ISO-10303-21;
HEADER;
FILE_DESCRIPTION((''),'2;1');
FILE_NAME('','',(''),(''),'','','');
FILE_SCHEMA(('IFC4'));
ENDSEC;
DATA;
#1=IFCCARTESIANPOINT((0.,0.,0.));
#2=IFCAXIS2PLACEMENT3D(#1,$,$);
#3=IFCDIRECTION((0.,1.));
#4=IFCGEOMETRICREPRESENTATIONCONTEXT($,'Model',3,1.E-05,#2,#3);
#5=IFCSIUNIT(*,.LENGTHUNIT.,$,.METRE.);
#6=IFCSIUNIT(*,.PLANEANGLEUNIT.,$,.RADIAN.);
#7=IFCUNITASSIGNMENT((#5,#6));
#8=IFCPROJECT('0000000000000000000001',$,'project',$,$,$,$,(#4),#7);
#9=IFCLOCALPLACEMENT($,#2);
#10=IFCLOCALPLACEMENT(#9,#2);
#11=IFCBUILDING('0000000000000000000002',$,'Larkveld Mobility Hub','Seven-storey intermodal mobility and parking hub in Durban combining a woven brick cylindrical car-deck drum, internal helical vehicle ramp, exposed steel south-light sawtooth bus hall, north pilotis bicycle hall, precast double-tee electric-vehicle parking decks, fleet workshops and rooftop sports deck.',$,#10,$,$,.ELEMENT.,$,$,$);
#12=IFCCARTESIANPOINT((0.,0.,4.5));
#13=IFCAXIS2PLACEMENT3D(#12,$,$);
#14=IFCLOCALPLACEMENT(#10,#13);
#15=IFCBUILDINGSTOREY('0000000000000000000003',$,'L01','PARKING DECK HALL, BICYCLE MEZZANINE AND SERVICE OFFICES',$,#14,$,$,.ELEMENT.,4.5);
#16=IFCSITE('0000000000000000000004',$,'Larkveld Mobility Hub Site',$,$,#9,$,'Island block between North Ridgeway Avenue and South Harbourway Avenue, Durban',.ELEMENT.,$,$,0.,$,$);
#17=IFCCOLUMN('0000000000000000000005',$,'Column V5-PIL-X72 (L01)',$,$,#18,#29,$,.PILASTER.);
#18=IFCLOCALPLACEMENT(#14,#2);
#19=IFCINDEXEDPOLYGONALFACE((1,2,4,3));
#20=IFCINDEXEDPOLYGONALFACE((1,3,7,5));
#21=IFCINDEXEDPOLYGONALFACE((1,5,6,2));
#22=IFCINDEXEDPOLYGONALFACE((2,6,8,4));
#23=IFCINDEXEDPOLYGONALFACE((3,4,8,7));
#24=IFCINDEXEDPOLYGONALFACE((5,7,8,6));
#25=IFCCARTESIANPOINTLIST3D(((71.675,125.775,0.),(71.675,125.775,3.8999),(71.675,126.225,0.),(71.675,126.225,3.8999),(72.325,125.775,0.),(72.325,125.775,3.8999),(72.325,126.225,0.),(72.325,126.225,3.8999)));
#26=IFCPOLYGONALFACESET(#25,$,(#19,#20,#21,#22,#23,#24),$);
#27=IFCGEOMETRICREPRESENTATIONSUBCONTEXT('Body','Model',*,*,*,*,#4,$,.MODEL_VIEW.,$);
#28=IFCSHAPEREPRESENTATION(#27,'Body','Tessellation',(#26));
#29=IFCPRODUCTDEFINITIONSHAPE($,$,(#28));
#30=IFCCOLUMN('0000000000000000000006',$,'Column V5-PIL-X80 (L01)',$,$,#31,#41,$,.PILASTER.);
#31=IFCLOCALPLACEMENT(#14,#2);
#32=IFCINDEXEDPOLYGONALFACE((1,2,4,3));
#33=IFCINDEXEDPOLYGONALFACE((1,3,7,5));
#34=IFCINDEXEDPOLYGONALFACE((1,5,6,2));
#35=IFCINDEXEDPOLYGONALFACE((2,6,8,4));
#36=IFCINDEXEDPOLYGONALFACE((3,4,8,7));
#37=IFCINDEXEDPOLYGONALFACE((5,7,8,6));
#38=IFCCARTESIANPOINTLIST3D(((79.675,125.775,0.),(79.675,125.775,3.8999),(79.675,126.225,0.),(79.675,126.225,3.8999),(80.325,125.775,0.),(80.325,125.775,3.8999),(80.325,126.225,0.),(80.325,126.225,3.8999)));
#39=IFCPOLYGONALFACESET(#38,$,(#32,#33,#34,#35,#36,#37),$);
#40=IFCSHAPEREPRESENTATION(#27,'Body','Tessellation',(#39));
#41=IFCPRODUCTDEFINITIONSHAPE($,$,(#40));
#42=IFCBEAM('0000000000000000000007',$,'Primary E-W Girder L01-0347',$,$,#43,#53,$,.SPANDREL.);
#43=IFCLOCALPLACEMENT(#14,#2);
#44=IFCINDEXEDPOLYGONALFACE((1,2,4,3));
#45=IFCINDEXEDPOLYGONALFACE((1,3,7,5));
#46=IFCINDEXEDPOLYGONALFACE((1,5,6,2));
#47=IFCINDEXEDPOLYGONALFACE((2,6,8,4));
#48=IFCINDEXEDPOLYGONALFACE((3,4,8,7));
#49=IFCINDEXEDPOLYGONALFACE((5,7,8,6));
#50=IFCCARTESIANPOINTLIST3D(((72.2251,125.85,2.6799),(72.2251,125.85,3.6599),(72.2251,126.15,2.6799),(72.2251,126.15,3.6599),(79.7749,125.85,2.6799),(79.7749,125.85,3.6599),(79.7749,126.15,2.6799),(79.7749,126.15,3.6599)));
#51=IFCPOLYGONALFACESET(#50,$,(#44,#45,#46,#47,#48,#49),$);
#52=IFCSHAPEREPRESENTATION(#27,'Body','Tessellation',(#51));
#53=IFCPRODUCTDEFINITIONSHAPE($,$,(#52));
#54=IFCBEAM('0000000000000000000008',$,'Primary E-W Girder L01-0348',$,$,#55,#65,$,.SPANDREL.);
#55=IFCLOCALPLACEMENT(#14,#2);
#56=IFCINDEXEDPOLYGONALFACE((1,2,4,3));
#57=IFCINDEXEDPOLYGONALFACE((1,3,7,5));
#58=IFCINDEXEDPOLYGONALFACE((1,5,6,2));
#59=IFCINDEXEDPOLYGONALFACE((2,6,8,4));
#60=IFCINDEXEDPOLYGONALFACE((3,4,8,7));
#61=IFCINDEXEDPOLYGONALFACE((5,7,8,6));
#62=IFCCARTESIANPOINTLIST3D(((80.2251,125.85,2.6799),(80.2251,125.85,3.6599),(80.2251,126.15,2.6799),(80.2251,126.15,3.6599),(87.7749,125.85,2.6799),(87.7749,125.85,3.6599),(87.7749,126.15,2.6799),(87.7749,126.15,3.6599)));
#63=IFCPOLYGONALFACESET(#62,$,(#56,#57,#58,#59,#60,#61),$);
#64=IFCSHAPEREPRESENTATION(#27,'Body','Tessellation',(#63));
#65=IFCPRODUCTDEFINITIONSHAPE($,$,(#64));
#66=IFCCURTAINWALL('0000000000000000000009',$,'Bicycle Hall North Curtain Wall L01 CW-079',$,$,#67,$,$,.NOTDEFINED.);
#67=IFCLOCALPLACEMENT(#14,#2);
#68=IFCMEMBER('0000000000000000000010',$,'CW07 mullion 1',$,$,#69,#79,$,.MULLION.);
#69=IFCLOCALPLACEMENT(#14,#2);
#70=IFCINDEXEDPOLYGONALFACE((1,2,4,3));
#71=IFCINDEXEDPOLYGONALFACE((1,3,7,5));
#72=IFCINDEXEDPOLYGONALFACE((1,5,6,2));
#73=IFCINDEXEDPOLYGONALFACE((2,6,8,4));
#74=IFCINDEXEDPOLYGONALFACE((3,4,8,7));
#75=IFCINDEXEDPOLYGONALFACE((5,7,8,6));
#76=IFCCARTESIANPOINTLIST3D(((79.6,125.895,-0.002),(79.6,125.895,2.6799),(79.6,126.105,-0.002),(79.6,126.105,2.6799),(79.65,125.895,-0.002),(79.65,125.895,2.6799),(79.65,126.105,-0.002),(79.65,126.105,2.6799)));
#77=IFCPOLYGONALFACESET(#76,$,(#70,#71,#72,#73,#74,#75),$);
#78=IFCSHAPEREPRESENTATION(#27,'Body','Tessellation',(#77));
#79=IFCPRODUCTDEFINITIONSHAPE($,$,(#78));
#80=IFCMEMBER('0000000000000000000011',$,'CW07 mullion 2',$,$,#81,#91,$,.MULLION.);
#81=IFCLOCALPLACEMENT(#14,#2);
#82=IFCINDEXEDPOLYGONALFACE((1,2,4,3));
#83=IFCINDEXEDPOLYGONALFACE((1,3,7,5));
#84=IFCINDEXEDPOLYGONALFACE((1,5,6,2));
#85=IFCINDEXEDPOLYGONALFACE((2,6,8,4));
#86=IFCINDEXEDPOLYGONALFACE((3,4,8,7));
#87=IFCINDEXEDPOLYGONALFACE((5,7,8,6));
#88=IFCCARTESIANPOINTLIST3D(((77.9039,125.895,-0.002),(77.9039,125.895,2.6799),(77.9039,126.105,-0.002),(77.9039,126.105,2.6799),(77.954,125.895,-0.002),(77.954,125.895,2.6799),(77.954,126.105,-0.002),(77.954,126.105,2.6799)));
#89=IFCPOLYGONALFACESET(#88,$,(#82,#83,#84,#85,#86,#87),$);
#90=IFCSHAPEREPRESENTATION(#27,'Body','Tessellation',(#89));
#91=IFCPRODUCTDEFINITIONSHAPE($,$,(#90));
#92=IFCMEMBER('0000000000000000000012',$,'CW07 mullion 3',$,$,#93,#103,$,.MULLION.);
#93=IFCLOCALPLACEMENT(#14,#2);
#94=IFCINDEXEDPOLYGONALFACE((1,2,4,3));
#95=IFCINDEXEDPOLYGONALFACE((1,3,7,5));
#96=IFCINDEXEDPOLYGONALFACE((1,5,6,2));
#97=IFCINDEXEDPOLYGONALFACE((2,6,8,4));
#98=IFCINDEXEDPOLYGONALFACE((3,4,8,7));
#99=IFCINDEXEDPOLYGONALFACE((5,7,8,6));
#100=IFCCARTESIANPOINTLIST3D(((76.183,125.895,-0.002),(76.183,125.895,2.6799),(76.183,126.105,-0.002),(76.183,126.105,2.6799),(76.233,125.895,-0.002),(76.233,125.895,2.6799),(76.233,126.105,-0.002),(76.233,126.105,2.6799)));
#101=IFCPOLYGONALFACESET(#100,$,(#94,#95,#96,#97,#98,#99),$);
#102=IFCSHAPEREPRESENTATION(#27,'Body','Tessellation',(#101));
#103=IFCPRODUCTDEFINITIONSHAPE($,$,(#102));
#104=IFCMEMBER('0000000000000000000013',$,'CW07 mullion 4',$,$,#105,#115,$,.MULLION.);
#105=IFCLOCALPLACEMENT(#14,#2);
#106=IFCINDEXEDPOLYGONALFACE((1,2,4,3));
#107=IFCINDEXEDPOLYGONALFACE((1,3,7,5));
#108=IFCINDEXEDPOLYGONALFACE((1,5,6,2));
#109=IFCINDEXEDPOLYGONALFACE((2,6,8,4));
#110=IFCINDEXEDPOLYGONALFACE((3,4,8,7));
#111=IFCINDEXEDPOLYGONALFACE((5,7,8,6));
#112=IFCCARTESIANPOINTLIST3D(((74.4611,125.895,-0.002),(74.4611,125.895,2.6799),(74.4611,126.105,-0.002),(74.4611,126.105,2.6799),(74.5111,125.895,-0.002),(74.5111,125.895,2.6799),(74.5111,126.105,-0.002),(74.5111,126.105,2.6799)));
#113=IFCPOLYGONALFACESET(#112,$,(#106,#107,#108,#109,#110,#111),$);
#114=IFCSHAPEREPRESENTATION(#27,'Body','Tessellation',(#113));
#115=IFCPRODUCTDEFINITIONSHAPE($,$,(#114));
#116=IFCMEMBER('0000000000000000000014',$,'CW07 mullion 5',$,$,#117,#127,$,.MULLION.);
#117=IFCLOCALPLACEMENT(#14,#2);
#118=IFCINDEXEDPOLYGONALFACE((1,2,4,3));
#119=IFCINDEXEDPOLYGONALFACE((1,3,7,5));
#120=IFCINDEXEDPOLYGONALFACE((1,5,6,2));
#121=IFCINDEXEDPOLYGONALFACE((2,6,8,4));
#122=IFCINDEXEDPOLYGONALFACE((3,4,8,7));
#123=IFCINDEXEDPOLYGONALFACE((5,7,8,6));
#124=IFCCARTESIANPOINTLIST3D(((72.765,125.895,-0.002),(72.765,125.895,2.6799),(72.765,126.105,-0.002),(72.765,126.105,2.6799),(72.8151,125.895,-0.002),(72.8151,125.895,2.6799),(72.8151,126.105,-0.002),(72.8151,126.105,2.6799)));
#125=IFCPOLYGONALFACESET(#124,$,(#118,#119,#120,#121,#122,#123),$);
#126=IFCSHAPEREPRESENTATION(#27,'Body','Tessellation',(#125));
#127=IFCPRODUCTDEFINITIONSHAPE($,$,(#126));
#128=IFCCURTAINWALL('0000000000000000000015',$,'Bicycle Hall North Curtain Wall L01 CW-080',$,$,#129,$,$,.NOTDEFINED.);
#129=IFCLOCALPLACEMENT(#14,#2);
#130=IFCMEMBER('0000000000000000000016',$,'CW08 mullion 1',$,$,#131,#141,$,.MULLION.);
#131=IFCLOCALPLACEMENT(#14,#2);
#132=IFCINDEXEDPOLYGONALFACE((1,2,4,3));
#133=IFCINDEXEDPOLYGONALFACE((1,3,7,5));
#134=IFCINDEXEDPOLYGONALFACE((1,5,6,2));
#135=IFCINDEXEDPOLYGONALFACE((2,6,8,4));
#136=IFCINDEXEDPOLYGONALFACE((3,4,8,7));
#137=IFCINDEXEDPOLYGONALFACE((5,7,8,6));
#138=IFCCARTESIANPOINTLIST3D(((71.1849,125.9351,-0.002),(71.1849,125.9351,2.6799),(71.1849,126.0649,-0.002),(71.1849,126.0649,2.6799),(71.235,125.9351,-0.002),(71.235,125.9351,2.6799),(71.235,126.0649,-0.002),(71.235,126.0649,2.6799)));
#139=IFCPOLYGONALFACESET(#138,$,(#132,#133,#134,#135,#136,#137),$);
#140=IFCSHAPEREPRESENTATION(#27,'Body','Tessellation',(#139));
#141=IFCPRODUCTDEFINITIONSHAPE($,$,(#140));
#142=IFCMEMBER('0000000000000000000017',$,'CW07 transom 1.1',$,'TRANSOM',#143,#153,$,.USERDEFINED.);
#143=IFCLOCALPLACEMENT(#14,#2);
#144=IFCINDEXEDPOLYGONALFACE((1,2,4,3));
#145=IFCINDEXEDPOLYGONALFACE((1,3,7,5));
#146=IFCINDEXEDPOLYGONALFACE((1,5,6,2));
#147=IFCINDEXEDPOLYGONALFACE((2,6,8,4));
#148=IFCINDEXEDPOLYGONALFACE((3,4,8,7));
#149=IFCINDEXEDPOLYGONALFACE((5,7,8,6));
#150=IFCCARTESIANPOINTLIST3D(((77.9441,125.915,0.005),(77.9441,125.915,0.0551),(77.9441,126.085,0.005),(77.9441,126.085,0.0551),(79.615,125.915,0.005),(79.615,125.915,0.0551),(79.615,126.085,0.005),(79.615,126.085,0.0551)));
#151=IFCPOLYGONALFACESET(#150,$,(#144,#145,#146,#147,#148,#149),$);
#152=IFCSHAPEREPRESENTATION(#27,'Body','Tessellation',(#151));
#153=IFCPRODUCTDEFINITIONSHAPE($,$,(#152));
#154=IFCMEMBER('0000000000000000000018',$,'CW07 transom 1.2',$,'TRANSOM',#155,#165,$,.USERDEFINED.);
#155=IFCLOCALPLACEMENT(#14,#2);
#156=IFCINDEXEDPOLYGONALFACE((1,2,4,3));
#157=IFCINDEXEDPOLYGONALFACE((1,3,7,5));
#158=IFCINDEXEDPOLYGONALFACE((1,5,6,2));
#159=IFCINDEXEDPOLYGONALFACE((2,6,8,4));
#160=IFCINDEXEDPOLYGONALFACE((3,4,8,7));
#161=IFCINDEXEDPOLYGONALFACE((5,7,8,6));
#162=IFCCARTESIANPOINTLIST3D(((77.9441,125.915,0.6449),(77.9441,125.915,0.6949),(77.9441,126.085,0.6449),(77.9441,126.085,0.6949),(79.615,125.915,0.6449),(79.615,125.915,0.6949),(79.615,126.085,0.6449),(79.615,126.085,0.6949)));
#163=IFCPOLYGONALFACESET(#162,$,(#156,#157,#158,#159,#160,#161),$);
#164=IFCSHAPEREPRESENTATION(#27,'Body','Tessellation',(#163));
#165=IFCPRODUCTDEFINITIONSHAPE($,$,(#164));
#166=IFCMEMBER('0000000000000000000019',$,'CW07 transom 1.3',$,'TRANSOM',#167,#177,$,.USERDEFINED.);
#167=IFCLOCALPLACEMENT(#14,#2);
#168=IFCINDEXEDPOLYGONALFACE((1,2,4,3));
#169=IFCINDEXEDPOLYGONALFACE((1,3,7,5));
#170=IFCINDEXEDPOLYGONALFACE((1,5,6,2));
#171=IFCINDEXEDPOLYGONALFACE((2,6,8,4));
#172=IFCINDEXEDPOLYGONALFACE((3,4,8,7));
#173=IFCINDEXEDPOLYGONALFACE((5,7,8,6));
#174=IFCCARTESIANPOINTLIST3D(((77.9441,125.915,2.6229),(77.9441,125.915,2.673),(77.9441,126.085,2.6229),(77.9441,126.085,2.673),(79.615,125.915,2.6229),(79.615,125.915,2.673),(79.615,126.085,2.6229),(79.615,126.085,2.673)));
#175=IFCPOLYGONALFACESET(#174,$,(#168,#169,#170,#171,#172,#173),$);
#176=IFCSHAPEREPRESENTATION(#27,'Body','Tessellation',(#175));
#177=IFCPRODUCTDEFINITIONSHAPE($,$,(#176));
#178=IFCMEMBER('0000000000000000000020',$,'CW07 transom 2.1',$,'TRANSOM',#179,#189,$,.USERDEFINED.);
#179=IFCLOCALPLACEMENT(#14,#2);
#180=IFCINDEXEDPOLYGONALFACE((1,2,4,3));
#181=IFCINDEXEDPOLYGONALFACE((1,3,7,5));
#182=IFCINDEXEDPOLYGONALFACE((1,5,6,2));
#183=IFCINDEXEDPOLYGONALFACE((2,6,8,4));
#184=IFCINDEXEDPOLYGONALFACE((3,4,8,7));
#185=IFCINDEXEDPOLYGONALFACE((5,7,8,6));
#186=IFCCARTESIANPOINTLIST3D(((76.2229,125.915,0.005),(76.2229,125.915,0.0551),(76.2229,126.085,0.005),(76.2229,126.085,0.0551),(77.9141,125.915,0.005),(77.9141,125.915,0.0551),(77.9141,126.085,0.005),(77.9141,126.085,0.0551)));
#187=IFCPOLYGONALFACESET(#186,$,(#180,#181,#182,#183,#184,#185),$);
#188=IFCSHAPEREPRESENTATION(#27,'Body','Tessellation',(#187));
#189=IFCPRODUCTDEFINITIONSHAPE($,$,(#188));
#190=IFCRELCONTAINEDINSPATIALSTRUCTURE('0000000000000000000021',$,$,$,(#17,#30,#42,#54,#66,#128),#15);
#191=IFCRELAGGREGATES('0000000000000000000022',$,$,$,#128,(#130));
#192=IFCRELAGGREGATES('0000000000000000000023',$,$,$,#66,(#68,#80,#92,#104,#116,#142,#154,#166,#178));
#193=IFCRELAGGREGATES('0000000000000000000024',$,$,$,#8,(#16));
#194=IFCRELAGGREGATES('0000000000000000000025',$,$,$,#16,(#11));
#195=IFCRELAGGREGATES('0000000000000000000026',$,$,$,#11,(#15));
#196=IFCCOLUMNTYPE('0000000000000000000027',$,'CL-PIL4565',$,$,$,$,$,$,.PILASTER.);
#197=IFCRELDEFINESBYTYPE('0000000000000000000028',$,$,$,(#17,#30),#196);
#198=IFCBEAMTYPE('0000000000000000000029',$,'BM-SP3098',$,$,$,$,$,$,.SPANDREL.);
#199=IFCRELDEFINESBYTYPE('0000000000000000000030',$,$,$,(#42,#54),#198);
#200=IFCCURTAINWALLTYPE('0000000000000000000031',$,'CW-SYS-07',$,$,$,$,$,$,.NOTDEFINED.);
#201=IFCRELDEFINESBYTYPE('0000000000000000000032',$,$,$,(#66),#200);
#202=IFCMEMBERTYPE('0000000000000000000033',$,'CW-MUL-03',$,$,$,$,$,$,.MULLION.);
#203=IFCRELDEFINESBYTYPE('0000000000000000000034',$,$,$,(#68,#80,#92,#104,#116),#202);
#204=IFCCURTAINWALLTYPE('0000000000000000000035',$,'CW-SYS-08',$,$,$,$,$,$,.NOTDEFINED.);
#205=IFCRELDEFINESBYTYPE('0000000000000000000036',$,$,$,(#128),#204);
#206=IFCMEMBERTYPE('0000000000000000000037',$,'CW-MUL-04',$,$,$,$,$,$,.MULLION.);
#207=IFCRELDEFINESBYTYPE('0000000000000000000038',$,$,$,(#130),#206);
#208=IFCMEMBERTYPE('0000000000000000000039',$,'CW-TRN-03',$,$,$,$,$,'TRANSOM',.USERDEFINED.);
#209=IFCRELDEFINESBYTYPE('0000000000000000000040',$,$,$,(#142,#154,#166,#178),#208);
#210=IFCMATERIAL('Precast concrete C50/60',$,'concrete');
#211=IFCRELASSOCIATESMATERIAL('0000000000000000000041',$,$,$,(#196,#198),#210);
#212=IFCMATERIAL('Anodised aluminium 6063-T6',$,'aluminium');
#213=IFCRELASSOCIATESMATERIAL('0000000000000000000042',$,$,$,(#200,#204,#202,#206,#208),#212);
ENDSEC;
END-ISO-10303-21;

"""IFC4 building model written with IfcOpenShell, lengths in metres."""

from ifc_helpers import new_model, si_unit, direction, frame, origin, origin_2d, place, context, subcontext, project, spatial, rectangle, extrude, material, material_profile, profile_set, type_object, element, aggregate, save


model = new_model("IFC4")

# Units and contexts
model_context = context("Model", 3, precision=1e-05, world=origin(), true_north=direction((0.0, 1.0)))
body_context = subcontext(model_context, "Body", "Model", "MODEL_VIEW")
ifc_project = project(units=[si_unit("LENGTHUNIT", "METRE"), si_unit("PLANEANGLEUNIT", "RADIAN")], contexts=[model_context])

# Site, building, storey
site_placement = place(None, origin())
site = spatial("IfcSite", under=ifc_project, at=site_placement, Name="Larkveld Mobility Hub Site", LongName="Island block between North Ridgeway Avenue and South Harbourway Avenue, Durban", CompositionType="ELEMENT", RefElevation=0.0)
building_placement = place(site_placement, origin())
building = spatial("IfcBuilding", under=site, at=building_placement, Name="Larkveld Mobility Hub", Description="Seven-storey intermodal mobility and parking hub in Durban combining a woven brick cylindrical car-deck drum, internal helical vehicle ramp, exposed steel south-light sawtooth bus hall, north pilotis bicycle hall, precast double-tee electric-vehicle parking decks, fleet workshops and rooftop sports deck.", CompositionType="ELEMENT")
storey_placement = place(building_placement, frame((0.0, 0.0, 4.5)))
storey = spatial("IfcBuildingStorey", under=building, at=storey_placement, Name="L01", Description="PARKING DECK HALL, BICYCLE MEZZANINE AND SERVICE OFFICES", CompositionType="ELEMENT", Elevation=4.5)

# Columns
ifc_material_1 = material(Name="Precast concrete C50/60", Category="concrete")
ifc_material_profile_1 = material_profile(ifc_material_1, rectangle(XDim=0.45, YDim=0.6499, at=origin_2d()), Name="PC PIL 450x650")
ifc_profile_set_1 = profile_set([ifc_material_profile_1], Name="Precast concrete C50/60")
column_type = type_object("IfcColumnType", Name="CL-PIL4565", PredefinedType="PILASTER", material=ifc_profile_set_1)
for number, where, z_axis, x_axis, name in (
    (1, (72.0, 126.0, 0.0), (0.0, 0.0, 1.0), (0.0, 1.0, 0.0), "Column V5-PIL-X72 (L01)"),
    (2, (80.0, 126.0, 0.0), (0.0, 0.0, 1.0), (0.0, 1.0, 0.0), "Column V5-PIL-X80 (L01)"),
):
    element("IfcColumn", number, at=place(storey_placement, frame(where, z_axis=z_axis, x_axis=x_axis)), inside=storey, type_object=column_type, Name=name, PredefinedType="PILASTER", context=body_context, shape_type="SweptSolid", body=[
        extrude(rectangle(XDim=0.45, YDim=0.6499, at=origin_2d()), origin(), (0.0, 0.0, 1.0), 3.8999),
    ])

# Beams
ifc_material_profile_2 = material_profile(ifc_material_1, rectangle(XDim=0.3, YDim=0.98, at=origin_2d()), Name="PC SP 300x980")
ifc_profile_set_2 = profile_set([ifc_material_profile_2], Name="Precast concrete C50/60")
beam_type = type_object("IfcBeamType", Name="BM-SP3098", PredefinedType="SPANDREL", material=ifc_profile_set_2)
for number, where, z_axis, x_axis, name in (
    (3, (72.2251, 126.0, 3.1699), (1.0, 0.0, 0.0), (0.0, 1.0, 0.0), "Primary E-W Girder L01-0347"),
    (4, (80.2251, 126.0, 3.1699), (1.0, 0.0, 0.0), (0.0, 1.0, 0.0), "Primary E-W Girder L01-0348"),
):
    element("IfcBeam", number, at=place(storey_placement, frame(where, z_axis=z_axis, x_axis=x_axis)), inside=storey, type_object=beam_type, Name=name, PredefinedType="SPANDREL", context=body_context, shape_type="SweptSolid", body=[
        extrude(rectangle(XDim=0.3, YDim=0.98, at=origin_2d()), origin(), (0.0, 0.0, 1.0), 7.5498),
    ])

# Curtain wall, members
ifc_material_2 = material(Name="Anodised aluminium 6063-T6", Category="aluminium")
curtain_wall_type_1 = type_object("IfcCurtainWallType", Name="CW-SYS-07", PredefinedType="NOTDEFINED", material=ifc_material_2)
curtain_wall_1_placement = place(storey_placement, origin())
curtain_wall_1 = element("IfcCurtainWall", 5, at=curtain_wall_1_placement, inside=storey, type_object=curtain_wall_type_1, Name="Bicycle Hall North Curtain Wall L01 CW-079", PredefinedType="NOTDEFINED")
ifc_material_profile_3 = material_profile(ifc_material_2, rectangle(XDim=0.05, YDim=0.21, at=origin_2d()), Name="ALU MULL 50x210")
ifc_profile_set_3 = profile_set([ifc_material_profile_3], Name="Anodised aluminium 6063-T6")
member_type_1 = type_object("IfcMemberType", Name="CW-MUL-03", PredefinedType="MULLION", material=ifc_profile_set_3)
member_1_placement = place(storey_placement, frame((79.625, 126.0, -0.002), z_axis=(0.0, 0.0, 1.0), x_axis=(-1.0, 0.0, 0.0)))
member_1 = element("IfcMember", 6, at=member_1_placement, type_object=member_type_1, Name="CW07 mullion 1", PredefinedType="MULLION", context=body_context, shape_type="SweptSolid", body=[
    extrude(rectangle(XDim=0.05, YDim=0.21, at=origin_2d()), origin(), (0.0, 0.0, 1.0), 2.6819),
])
member_2_placement = place(storey_placement, frame((77.929, 126.0, -0.002), z_axis=(0.0, 0.0, 1.0), x_axis=(-1.0, 0.0, 0.0)))
member_2 = element("IfcMember", 7, at=member_2_placement, type_object=member_type_1, Name="CW07 mullion 2", PredefinedType="MULLION", context=body_context, shape_type="SweptSolid", body=[
    extrude(rectangle(XDim=0.05, YDim=0.21, at=origin_2d()), origin(), (0.0, 0.0, 1.0), 2.6819),
])
member_3_placement = place(storey_placement, frame((76.208, 126.0, -0.002), z_axis=(0.0, 0.0, 1.0), x_axis=(-1.0, 0.0, 0.0)))
member_3 = element("IfcMember", 8, at=member_3_placement, type_object=member_type_1, Name="CW07 mullion 3", PredefinedType="MULLION", context=body_context, shape_type="SweptSolid", body=[
    extrude(rectangle(XDim=0.05, YDim=0.21, at=origin_2d()), origin(), (0.0, 0.0, 1.0), 2.6819),
])
member_4_placement = place(storey_placement, frame((74.4861, 126.0, -0.002), z_axis=(0.0, 0.0, 1.0), x_axis=(-1.0, 0.0, 0.0)))
member_4 = element("IfcMember", 9, at=member_4_placement, type_object=member_type_1, Name="CW07 mullion 4", PredefinedType="MULLION", context=body_context, shape_type="SweptSolid", body=[
    extrude(rectangle(XDim=0.05, YDim=0.21, at=origin_2d()), origin(), (0.0, 0.0, 1.0), 2.6819),
])
member_5_placement = place(storey_placement, frame((72.79, 126.0, -0.002), z_axis=(0.0, 0.0, 1.0), x_axis=(-1.0, 0.0, 0.0)))
member_5 = element("IfcMember", 10, at=member_5_placement, type_object=member_type_1, Name="CW07 mullion 5", PredefinedType="MULLION", context=body_context, shape_type="SweptSolid", body=[
    extrude(rectangle(XDim=0.05, YDim=0.21, at=origin_2d()), origin(), (0.0, 0.0, 1.0), 2.6819),
])

# Curtain wall, member
curtain_wall_type_2 = type_object("IfcCurtainWallType", Name="CW-SYS-08", PredefinedType="NOTDEFINED", material=ifc_material_2)
curtain_wall_2_placement = place(storey_placement, origin())
curtain_wall_2 = element("IfcCurtainWall", 11, at=curtain_wall_2_placement, inside=storey, type_object=curtain_wall_type_2, Name="Bicycle Hall North Curtain Wall L01 CW-080", PredefinedType="NOTDEFINED")
ifc_material_profile_4 = material_profile(ifc_material_2, rectangle(XDim=0.05, YDim=0.1299, at=origin_2d()), Name="ALU MULL 50x130")
ifc_profile_set_4 = profile_set([ifc_material_profile_4], Name="Anodised aluminium 6063-T6")
member_type_2 = type_object("IfcMemberType", Name="CW-MUL-04", PredefinedType="MULLION", material=ifc_profile_set_4)
member_6_placement = place(storey_placement, frame((71.21, 126.0, -0.002), z_axis=(0.0, 0.0, 1.0), x_axis=(-1.0, 0.0, 0.0)))
member_6 = element("IfcMember", 12, at=member_6_placement, type_object=member_type_2, Name="CW08 mullion 1", PredefinedType="MULLION", context=body_context, shape_type="SweptSolid", body=[
    extrude(rectangle(XDim=0.05, YDim=0.1299, at=origin_2d()), origin(), (0.0, 0.0, 1.0), 2.6819),
])
aggregate(curtain_wall_2, [member_6])

# Members
ifc_material_profile_5 = material_profile(ifc_material_2, rectangle(XDim=0.1699, YDim=0.05, at=origin_2d()), Name="ALU TRAN 50x170")
ifc_profile_set_5 = profile_set([ifc_material_profile_5], Name="Anodised aluminium 6063-T6")
member_type_3 = type_object("IfcMemberType", Name="CW-TRN-03", ElementType="TRANSOM", PredefinedType="USERDEFINED", material=ifc_profile_set_5)
member_7_placement = place(storey_placement, frame((79.615, 126.0, 0.03), z_axis=(-1.0, 0.0, 0.0), x_axis=(0.0, -1.0, 0.0)))
member_7 = element("IfcMember", 13, at=member_7_placement, type_object=member_type_3, Name="CW07 transom 1.1", ObjectType="TRANSOM", PredefinedType="USERDEFINED", context=body_context, shape_type="SweptSolid", body=[
    extrude(rectangle(XDim=0.1699, YDim=0.05, at=origin_2d()), origin(), (0.0, 0.0, 1.0), 1.6709),
])
member_8_placement = place(storey_placement, frame((79.615, 126.0, 0.6699), z_axis=(-1.0, 0.0, 0.0), x_axis=(0.0, -1.0, 0.0)))
member_8 = element("IfcMember", 14, at=member_8_placement, type_object=member_type_3, Name="CW07 transom 1.2", ObjectType="TRANSOM", PredefinedType="USERDEFINED", context=body_context, shape_type="SweptSolid", body=[
    extrude(rectangle(XDim=0.1699, YDim=0.05, at=origin_2d()), origin(), (0.0, 0.0, 1.0), 1.6709),
])
member_9_placement = place(storey_placement, frame((79.615, 126.0, 2.6479), z_axis=(-1.0, 0.0, 0.0), x_axis=(0.0, -1.0, 0.0)))
member_9 = element("IfcMember", 15, at=member_9_placement, type_object=member_type_3, Name="CW07 transom 1.3", ObjectType="TRANSOM", PredefinedType="USERDEFINED", context=body_context, shape_type="SweptSolid", body=[
    extrude(rectangle(XDim=0.1699, YDim=0.05, at=origin_2d()), origin(), (0.0, 0.0, 1.0), 1.6709),
])
member_10_placement = place(storey_placement, frame((77.9141, 126.0, 0.03), z_axis=(-1.0, 0.0, 0.0), x_axis=(0.0, -1.0, 0.0)))
member_10 = element("IfcMember", 16, at=member_10_placement, type_object=member_type_3, Name="CW07 transom 2.1", ObjectType="TRANSOM", PredefinedType="USERDEFINED", context=body_context, shape_type="SweptSolid", body=[
    extrude(rectangle(XDim=0.1699, YDim=0.05, at=origin_2d()), origin(), (0.0, 0.0, 1.0), 1.6912),
])

aggregate(curtain_wall_1, [member_1, member_2, member_3, member_4, member_5, member_7, member_8, member_9, member_10])

save(model, "model.ifc")
